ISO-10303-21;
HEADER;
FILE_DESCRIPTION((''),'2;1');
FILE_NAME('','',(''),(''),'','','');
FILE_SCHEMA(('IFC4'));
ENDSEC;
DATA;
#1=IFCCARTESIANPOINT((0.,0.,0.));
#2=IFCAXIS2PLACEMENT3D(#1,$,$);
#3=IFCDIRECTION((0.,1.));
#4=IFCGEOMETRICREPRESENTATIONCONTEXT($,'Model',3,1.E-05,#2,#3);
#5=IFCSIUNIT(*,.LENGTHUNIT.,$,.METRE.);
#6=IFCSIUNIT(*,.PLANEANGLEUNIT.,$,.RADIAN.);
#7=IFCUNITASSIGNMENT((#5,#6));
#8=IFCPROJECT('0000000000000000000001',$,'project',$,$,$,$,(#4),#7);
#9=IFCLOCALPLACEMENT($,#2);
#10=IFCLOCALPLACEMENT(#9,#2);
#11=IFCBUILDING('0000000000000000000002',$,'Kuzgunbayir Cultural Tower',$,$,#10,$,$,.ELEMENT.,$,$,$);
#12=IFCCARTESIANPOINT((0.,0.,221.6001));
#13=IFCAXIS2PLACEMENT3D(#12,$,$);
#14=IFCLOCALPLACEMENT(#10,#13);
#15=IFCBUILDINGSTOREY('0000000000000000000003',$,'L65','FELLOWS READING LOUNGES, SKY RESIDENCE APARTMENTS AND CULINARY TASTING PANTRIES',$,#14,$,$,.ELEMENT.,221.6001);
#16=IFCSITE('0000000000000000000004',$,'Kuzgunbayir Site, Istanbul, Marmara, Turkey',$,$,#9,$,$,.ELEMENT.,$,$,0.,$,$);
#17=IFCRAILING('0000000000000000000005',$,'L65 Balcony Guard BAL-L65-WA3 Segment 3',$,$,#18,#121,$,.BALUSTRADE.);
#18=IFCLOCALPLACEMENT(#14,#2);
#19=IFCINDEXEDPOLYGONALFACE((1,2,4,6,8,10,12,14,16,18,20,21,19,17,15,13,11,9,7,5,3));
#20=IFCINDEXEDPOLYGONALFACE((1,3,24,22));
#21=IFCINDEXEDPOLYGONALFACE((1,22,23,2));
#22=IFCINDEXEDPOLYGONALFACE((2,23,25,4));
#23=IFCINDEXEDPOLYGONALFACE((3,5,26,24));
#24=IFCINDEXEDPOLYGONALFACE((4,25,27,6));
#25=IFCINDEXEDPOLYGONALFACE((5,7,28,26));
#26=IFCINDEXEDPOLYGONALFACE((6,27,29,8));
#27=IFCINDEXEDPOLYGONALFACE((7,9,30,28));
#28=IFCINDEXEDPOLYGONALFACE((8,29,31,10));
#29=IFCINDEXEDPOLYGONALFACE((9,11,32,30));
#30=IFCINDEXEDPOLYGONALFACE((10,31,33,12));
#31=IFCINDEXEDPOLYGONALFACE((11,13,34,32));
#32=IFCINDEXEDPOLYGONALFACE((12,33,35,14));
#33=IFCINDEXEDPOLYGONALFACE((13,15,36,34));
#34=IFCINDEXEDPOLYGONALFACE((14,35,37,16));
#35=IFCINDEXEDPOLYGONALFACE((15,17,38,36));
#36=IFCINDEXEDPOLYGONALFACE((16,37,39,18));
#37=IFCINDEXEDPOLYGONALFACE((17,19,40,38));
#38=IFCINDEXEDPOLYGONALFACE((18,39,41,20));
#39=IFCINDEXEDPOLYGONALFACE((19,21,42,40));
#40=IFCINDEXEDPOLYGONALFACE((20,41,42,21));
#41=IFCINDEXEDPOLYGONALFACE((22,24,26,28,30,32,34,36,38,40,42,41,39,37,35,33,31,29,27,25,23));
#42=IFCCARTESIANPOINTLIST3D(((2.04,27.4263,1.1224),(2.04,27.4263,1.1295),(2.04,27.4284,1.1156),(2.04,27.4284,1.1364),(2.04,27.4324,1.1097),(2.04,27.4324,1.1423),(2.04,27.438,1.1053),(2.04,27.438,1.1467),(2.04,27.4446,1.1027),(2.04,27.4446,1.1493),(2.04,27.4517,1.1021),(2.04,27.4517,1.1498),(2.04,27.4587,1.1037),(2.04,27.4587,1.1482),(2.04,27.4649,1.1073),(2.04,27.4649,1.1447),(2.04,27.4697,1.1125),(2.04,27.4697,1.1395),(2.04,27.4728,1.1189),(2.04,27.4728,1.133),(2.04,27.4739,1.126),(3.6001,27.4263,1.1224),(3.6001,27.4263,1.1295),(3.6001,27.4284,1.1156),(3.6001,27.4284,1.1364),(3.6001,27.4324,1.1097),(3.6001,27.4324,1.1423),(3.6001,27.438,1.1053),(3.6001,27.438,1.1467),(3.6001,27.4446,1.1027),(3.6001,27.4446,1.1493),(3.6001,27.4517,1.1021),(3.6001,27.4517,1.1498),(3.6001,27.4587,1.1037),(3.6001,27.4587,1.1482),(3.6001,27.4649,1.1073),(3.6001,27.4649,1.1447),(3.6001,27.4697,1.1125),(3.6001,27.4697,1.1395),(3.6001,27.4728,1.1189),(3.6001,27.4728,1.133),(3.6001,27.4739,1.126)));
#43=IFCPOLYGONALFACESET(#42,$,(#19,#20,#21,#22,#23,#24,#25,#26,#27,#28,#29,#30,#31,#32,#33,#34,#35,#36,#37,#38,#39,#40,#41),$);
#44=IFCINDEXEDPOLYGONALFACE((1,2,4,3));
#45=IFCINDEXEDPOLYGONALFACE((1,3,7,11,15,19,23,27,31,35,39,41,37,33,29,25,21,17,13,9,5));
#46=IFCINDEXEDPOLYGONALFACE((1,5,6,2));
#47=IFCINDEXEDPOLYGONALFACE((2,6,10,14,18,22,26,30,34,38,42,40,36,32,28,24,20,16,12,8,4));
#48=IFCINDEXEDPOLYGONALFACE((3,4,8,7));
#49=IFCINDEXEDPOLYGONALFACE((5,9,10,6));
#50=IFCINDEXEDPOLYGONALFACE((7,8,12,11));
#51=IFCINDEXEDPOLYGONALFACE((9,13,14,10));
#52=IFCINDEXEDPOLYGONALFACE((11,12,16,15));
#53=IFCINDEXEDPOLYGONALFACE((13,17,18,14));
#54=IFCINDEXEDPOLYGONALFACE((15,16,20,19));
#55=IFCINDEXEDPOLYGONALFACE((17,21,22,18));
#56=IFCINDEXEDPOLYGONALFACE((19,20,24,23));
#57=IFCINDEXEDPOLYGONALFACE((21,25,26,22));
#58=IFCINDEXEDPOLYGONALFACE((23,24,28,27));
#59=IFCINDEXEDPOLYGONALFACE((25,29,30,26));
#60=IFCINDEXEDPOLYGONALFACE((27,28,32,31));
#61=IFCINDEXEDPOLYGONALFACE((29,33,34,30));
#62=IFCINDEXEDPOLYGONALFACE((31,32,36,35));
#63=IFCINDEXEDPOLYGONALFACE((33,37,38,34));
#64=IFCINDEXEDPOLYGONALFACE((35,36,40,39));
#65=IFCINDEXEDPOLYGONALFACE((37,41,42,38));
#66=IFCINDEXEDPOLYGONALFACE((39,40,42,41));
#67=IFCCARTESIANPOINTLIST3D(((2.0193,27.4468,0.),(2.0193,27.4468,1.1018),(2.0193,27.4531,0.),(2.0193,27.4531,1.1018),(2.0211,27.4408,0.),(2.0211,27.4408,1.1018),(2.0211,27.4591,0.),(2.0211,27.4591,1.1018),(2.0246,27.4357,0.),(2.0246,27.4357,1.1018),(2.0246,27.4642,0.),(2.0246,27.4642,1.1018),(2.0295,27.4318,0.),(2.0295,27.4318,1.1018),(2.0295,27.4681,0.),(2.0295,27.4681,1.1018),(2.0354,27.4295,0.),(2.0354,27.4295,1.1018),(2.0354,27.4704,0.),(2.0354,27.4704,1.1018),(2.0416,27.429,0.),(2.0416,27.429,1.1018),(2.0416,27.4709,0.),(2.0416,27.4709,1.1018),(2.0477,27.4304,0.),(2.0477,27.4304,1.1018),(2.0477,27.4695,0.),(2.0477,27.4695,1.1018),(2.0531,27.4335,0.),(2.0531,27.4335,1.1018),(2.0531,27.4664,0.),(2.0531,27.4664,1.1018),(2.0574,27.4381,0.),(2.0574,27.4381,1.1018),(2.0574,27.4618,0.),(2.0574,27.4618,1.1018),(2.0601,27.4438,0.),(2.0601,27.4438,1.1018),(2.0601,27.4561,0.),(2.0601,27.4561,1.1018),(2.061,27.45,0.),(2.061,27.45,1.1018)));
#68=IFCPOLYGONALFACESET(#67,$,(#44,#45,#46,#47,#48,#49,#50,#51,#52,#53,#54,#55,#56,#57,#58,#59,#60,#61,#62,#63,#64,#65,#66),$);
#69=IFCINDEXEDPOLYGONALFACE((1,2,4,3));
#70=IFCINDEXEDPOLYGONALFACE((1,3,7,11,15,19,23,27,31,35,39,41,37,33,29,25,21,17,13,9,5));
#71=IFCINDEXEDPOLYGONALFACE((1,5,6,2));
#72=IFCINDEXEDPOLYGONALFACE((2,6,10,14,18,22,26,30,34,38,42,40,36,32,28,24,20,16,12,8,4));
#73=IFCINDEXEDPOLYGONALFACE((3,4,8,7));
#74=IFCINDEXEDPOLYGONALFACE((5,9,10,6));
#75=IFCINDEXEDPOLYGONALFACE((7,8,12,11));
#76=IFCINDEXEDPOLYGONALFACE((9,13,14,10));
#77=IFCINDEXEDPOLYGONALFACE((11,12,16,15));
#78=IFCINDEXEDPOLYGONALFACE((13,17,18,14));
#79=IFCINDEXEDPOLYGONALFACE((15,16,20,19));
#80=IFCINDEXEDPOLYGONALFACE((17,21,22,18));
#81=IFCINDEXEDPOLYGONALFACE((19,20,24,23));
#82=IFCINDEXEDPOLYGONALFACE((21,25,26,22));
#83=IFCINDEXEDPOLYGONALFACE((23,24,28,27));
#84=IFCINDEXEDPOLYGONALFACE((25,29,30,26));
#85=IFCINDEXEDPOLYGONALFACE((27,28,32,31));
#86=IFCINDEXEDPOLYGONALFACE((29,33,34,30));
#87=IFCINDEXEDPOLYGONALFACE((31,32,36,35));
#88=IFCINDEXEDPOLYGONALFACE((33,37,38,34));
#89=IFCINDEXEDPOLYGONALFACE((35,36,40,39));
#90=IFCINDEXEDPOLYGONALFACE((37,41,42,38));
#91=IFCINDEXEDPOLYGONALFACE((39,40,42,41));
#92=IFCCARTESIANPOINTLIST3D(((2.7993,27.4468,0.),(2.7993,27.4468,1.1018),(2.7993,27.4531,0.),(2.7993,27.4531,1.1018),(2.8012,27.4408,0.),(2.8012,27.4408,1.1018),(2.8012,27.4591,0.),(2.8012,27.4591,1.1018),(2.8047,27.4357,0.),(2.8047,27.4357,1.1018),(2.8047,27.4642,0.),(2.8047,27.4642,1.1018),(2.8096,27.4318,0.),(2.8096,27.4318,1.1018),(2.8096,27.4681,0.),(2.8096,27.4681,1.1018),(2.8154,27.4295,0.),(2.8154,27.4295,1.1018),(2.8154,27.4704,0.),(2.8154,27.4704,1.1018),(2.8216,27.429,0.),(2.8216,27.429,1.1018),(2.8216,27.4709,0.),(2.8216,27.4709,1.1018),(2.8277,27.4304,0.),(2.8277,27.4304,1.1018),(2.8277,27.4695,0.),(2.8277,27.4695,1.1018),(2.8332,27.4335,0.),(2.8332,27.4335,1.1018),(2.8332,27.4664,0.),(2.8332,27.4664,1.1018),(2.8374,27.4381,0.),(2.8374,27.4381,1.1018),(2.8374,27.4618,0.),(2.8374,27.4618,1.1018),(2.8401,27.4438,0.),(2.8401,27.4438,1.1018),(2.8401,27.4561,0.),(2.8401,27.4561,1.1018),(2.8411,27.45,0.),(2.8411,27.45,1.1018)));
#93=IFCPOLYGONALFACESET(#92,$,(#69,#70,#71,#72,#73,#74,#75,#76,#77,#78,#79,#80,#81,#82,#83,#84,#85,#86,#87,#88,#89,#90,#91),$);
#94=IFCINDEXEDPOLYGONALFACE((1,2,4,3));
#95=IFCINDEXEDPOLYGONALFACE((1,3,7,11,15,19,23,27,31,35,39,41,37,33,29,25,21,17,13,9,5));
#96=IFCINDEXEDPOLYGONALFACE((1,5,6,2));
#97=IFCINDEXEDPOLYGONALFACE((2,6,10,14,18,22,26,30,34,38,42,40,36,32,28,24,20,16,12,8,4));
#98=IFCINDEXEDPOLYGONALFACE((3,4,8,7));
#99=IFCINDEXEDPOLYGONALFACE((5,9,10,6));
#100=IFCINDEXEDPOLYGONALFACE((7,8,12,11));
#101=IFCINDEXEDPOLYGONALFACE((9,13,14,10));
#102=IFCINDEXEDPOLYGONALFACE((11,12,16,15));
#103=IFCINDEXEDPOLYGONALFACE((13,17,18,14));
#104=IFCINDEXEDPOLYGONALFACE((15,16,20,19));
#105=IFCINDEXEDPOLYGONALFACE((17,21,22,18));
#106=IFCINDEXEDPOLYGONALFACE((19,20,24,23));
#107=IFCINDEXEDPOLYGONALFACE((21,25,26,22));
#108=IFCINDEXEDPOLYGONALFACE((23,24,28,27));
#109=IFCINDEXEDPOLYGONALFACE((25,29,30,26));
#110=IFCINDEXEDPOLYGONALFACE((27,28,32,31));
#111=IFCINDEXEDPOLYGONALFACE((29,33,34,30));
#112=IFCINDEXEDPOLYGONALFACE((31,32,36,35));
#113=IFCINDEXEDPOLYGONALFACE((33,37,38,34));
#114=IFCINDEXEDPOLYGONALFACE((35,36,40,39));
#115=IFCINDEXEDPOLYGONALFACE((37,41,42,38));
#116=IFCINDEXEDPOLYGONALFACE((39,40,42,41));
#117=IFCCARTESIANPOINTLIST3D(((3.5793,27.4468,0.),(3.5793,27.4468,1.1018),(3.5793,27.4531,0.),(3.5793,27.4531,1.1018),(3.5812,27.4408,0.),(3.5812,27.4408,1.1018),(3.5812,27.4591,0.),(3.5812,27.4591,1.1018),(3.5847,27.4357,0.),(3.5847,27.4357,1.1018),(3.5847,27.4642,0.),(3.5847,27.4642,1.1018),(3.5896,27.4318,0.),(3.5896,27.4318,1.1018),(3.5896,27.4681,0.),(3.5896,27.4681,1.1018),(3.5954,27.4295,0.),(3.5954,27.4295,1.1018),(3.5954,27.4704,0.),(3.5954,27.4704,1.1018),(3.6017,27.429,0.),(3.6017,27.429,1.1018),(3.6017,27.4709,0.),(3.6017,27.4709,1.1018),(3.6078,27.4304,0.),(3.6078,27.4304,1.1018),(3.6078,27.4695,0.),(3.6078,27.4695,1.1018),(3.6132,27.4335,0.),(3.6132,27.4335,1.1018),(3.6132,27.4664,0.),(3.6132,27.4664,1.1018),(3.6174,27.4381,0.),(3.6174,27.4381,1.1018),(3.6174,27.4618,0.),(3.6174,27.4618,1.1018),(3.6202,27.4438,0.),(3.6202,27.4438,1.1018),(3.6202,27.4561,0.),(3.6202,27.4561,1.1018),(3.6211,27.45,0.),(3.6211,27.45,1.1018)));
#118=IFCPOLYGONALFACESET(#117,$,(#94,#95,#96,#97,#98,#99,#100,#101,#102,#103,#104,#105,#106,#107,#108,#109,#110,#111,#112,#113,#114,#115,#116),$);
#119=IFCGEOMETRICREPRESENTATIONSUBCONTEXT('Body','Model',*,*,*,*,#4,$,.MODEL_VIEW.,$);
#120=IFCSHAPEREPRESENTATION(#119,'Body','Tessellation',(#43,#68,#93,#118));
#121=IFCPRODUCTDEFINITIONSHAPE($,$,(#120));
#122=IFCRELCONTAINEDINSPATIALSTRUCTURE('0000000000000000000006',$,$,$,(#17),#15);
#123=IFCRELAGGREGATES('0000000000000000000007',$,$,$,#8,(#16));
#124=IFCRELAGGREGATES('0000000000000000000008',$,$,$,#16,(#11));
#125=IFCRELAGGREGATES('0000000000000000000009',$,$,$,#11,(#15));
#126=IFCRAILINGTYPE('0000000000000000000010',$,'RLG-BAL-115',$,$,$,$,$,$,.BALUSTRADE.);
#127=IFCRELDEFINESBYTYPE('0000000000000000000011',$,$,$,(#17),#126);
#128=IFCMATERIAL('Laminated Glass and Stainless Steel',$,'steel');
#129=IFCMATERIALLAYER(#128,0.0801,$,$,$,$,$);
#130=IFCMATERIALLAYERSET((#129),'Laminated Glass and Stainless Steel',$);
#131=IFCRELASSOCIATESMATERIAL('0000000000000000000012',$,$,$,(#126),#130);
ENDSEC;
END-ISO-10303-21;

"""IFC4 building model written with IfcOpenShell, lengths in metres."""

from ifc_helpers import new_model, si_unit, direction, frame, origin, origin_2d, place, context, subcontext, project, spatial, circle, extrude, material, layer, layer_set, type_object, element, save


model = new_model("IFC4")

# Units and contexts
model_context = context("Model", 3, precision=1e-05, world=origin(), true_north=direction((0.0, 1.0)))
body_context = subcontext(model_context, "Body", "Model", "MODEL_VIEW")
ifc_project = project(units=[si_unit("LENGTHUNIT", "METRE"), si_unit("PLANEANGLEUNIT", "RADIAN")], contexts=[model_context])

# Site, building, storey
site_placement = place(None, origin())
site = spatial("IfcSite", under=ifc_project, at=site_placement, Name="Kuzgunbayir Site, Istanbul, Marmara, Turkey", CompositionType="ELEMENT", RefElevation=0.0)
building_placement = place(site_placement, origin())
building = spatial("IfcBuilding", under=site, at=building_placement, Name="Kuzgunbayir Cultural Tower", CompositionType="ELEMENT")
storey_placement = place(building_placement, frame((0.0, 0.0, 221.6001)))
storey = spatial("IfcBuildingStorey", under=building, at=storey_placement, Name="L65", Description="FELLOWS READING LOUNGES, SKY RESIDENCE APARTMENTS AND CULINARY TASTING PANTRIES", CompositionType="ELEMENT", Elevation=221.6001)

# Railing
ifc_material_1 = material(Name="Laminated Glass and Stainless Steel", Category="steel")
ifc_layer_1 = layer(ifc_material_1, 0.0801)
ifc_layer_set_1 = layer_set([ifc_layer_1], Name="Laminated Glass and Stainless Steel")
railing_type = type_object("IfcRailingType", Name="RLG-BAL-115", PredefinedType="BALUSTRADE", material=ifc_layer_set_1)
railing_1_placement = place(storey_placement, frame((2.04, 27.45, 0.0)))
element("IfcRailing", 1, at=railing_1_placement, inside=storey, type_object=railing_type, Name="L65 Balcony Guard BAL-L65-WA3 Segment 3", PredefinedType="BALUSTRADE", context=body_context, shape_type="SweptSolid", body=[
    extrude(circle(Radius=0.0239, at=origin_2d()), frame((0.0, 0.0, 1.126), z_axis=(1.0, 0.0, 0.0), x_axis=(0.0, 1.0, 0.0)), (0.0, 0.0, 1.0), 1.5601),
    extrude(circle(Radius=0.021, at=origin_2d()), origin(), (0.0, 0.0, 1.0), 1.1018),
    extrude(circle(Radius=0.021, at=origin_2d()), frame((0.78, 0.0, 0.0)), (0.0, 0.0, 1.0), 1.1018),
    extrude(circle(Radius=0.021, at=origin_2d()), frame((1.5601, 0.0, 0.0)), (0.0, 0.0, 1.0), 1.1018),
])

save(model, "model.ifc")
